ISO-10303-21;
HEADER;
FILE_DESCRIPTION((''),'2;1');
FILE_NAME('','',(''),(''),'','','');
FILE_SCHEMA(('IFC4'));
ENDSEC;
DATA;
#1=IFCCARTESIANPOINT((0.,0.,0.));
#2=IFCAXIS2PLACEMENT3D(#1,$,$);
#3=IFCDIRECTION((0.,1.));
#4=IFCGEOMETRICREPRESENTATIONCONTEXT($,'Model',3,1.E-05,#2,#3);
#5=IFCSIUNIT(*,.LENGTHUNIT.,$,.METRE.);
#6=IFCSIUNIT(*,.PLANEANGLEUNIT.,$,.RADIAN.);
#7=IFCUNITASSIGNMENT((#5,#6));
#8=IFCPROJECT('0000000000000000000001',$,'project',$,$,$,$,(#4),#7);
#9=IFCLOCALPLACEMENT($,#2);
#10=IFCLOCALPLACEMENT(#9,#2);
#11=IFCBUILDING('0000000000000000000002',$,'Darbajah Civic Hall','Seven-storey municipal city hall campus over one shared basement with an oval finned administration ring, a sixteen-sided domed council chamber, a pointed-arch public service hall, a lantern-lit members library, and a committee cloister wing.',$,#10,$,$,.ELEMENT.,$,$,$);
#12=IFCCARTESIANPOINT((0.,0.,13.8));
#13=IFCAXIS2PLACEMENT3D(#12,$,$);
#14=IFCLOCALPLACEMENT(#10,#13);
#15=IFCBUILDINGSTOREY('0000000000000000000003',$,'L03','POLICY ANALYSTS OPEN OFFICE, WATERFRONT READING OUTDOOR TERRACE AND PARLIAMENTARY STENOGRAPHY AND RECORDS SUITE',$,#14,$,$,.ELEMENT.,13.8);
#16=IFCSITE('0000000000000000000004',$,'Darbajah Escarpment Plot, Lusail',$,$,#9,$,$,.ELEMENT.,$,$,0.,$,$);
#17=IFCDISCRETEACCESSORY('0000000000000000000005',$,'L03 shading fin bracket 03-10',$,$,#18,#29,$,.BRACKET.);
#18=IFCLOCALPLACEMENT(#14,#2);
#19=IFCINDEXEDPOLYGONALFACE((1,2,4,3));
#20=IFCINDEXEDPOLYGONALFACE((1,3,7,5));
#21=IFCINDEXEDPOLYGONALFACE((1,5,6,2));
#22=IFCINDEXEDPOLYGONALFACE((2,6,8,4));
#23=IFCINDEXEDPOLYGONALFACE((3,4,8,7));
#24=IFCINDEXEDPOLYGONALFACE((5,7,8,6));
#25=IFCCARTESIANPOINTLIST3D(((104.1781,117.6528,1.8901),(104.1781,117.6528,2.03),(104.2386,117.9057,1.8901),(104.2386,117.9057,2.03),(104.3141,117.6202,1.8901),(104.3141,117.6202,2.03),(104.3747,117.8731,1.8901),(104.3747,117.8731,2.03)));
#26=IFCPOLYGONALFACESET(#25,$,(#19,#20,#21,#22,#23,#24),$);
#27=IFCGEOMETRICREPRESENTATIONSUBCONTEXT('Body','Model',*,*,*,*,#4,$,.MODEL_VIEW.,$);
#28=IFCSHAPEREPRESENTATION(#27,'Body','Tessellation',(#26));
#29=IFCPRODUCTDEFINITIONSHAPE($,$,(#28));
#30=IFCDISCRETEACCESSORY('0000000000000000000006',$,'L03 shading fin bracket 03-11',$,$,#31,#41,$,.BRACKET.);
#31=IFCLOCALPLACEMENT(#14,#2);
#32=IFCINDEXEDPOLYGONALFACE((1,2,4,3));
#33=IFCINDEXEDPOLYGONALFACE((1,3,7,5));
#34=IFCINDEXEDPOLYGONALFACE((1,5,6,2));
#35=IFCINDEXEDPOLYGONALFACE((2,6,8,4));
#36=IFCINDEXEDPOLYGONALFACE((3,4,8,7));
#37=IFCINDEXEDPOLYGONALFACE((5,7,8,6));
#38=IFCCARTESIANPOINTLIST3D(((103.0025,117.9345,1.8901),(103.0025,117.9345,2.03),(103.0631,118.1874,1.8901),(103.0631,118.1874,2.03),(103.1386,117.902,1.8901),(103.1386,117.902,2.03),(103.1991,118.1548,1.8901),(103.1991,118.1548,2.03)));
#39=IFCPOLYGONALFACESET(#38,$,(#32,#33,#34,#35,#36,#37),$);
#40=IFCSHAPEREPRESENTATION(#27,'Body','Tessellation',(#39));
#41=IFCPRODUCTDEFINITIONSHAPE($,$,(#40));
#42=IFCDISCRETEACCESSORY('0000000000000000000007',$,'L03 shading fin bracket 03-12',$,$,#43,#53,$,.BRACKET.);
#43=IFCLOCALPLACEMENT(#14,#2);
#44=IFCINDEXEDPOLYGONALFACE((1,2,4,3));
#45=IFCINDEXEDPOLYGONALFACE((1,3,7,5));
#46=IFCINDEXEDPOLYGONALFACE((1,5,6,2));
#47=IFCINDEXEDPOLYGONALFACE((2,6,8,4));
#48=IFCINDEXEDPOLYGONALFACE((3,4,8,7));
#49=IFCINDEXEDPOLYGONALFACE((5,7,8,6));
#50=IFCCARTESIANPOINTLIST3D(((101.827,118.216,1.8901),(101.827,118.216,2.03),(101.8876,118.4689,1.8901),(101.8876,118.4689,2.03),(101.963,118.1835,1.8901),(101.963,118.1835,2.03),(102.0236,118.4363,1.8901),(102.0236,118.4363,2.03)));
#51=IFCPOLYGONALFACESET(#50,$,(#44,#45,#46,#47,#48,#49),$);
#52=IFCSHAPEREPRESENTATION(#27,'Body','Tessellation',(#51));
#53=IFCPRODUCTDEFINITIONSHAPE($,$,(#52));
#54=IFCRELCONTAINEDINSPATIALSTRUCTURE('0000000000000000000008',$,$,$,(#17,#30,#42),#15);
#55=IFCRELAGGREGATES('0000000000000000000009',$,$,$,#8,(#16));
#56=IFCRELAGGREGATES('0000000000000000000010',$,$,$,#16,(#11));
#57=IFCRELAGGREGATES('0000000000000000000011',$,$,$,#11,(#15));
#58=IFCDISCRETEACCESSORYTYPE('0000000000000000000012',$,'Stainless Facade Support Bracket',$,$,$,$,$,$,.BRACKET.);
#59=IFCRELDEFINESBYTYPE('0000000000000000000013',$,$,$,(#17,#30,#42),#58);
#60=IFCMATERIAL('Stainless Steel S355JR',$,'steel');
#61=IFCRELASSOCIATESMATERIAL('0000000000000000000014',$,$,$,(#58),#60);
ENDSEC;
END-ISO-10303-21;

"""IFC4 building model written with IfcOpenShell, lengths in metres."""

from ifc_helpers import new_model, si_unit, direction, frame, origin, origin_2d, place, context, subcontext, project, spatial, rectangle, extrude, material, type_object, element, save


model = new_model("IFC4")

# Units and contexts
model_context = context("Model", 3, precision=1e-05, world=origin(), true_north=direction((0.0, 1.0)))
body_context = subcontext(model_context, "Body", "Model", "MODEL_VIEW")
ifc_project = project(units=[si_unit("LENGTHUNIT", "METRE"), si_unit("PLANEANGLEUNIT", "RADIAN")], contexts=[model_context])

# Site, building, storey
site_placement = place(None, origin())
site = spatial("IfcSite", under=ifc_project, at=site_placement, Name="Darbajah Escarpment Plot, Lusail", CompositionType="ELEMENT", RefElevation=0.0)
building_placement = place(site_placement, origin())
building = spatial("IfcBuilding", under=site, at=building_placement, Name="Darbajah Civic Hall", Description="Seven-storey municipal city hall campus over one shared basement with an oval finned administration ring, a sixteen-sided domed council chamber, a pointed-arch public service hall, a lantern-lit members library, and a committee cloister wing.", CompositionType="ELEMENT")
storey_placement = place(building_placement, frame((0.0, 0.0, 13.8)))
storey = spatial("IfcBuildingStorey", under=building, at=storey_placement, Name="L03", Description="POLICY ANALYSTS OPEN OFFICE, WATERFRONT READING OUTDOOR TERRACE AND PARLIAMENTARY STENOGRAPHY AND RECORDS SUITE", CompositionType="ELEMENT", Elevation=13.8)

# Discrete accessories
ifc_material_1 = material(Name="Stainless Steel S355JR", Category="steel")
discrete_accessory_type = type_object("IfcDiscreteAccessoryType", Name="Stainless Facade Support Bracket", PredefinedType="BRACKET", material=ifc_material_1)
for number, where, z_axis, x_axis, name in (
    (1, (104.2764, 117.7629, 1.8901), (0.0, 0.0, 1.0), (0.232936, 0.972492, 0.0), "L03 shading fin bracket 03-10"),
    (2, (103.1008, 118.0447, 1.8901), (0.0, 0.0, 1.0), (0.232936, 0.972492, 0.0), "L03 shading fin bracket 03-11"),
    (3, (101.9253, 118.3262, 1.8901), (0.0, 0.0, 1.0), (0.232936, 0.972492, 0.0), "L03 shading fin bracket 03-12"),
):
    element("IfcDiscreteAccessory", number, at=place(storey_placement, frame(where, z_axis=z_axis, x_axis=x_axis)), inside=storey, type_object=discrete_accessory_type, Name=name, PredefinedType="BRACKET", context=body_context, shape_type="SweptSolid", body=[
        extrude(rectangle(XDim=0.26, YDim=0.1399, at=origin_2d()), origin(), (0.0, 0.0, 1.0), 0.1399),
    ])

save(model, "model.ifc")
